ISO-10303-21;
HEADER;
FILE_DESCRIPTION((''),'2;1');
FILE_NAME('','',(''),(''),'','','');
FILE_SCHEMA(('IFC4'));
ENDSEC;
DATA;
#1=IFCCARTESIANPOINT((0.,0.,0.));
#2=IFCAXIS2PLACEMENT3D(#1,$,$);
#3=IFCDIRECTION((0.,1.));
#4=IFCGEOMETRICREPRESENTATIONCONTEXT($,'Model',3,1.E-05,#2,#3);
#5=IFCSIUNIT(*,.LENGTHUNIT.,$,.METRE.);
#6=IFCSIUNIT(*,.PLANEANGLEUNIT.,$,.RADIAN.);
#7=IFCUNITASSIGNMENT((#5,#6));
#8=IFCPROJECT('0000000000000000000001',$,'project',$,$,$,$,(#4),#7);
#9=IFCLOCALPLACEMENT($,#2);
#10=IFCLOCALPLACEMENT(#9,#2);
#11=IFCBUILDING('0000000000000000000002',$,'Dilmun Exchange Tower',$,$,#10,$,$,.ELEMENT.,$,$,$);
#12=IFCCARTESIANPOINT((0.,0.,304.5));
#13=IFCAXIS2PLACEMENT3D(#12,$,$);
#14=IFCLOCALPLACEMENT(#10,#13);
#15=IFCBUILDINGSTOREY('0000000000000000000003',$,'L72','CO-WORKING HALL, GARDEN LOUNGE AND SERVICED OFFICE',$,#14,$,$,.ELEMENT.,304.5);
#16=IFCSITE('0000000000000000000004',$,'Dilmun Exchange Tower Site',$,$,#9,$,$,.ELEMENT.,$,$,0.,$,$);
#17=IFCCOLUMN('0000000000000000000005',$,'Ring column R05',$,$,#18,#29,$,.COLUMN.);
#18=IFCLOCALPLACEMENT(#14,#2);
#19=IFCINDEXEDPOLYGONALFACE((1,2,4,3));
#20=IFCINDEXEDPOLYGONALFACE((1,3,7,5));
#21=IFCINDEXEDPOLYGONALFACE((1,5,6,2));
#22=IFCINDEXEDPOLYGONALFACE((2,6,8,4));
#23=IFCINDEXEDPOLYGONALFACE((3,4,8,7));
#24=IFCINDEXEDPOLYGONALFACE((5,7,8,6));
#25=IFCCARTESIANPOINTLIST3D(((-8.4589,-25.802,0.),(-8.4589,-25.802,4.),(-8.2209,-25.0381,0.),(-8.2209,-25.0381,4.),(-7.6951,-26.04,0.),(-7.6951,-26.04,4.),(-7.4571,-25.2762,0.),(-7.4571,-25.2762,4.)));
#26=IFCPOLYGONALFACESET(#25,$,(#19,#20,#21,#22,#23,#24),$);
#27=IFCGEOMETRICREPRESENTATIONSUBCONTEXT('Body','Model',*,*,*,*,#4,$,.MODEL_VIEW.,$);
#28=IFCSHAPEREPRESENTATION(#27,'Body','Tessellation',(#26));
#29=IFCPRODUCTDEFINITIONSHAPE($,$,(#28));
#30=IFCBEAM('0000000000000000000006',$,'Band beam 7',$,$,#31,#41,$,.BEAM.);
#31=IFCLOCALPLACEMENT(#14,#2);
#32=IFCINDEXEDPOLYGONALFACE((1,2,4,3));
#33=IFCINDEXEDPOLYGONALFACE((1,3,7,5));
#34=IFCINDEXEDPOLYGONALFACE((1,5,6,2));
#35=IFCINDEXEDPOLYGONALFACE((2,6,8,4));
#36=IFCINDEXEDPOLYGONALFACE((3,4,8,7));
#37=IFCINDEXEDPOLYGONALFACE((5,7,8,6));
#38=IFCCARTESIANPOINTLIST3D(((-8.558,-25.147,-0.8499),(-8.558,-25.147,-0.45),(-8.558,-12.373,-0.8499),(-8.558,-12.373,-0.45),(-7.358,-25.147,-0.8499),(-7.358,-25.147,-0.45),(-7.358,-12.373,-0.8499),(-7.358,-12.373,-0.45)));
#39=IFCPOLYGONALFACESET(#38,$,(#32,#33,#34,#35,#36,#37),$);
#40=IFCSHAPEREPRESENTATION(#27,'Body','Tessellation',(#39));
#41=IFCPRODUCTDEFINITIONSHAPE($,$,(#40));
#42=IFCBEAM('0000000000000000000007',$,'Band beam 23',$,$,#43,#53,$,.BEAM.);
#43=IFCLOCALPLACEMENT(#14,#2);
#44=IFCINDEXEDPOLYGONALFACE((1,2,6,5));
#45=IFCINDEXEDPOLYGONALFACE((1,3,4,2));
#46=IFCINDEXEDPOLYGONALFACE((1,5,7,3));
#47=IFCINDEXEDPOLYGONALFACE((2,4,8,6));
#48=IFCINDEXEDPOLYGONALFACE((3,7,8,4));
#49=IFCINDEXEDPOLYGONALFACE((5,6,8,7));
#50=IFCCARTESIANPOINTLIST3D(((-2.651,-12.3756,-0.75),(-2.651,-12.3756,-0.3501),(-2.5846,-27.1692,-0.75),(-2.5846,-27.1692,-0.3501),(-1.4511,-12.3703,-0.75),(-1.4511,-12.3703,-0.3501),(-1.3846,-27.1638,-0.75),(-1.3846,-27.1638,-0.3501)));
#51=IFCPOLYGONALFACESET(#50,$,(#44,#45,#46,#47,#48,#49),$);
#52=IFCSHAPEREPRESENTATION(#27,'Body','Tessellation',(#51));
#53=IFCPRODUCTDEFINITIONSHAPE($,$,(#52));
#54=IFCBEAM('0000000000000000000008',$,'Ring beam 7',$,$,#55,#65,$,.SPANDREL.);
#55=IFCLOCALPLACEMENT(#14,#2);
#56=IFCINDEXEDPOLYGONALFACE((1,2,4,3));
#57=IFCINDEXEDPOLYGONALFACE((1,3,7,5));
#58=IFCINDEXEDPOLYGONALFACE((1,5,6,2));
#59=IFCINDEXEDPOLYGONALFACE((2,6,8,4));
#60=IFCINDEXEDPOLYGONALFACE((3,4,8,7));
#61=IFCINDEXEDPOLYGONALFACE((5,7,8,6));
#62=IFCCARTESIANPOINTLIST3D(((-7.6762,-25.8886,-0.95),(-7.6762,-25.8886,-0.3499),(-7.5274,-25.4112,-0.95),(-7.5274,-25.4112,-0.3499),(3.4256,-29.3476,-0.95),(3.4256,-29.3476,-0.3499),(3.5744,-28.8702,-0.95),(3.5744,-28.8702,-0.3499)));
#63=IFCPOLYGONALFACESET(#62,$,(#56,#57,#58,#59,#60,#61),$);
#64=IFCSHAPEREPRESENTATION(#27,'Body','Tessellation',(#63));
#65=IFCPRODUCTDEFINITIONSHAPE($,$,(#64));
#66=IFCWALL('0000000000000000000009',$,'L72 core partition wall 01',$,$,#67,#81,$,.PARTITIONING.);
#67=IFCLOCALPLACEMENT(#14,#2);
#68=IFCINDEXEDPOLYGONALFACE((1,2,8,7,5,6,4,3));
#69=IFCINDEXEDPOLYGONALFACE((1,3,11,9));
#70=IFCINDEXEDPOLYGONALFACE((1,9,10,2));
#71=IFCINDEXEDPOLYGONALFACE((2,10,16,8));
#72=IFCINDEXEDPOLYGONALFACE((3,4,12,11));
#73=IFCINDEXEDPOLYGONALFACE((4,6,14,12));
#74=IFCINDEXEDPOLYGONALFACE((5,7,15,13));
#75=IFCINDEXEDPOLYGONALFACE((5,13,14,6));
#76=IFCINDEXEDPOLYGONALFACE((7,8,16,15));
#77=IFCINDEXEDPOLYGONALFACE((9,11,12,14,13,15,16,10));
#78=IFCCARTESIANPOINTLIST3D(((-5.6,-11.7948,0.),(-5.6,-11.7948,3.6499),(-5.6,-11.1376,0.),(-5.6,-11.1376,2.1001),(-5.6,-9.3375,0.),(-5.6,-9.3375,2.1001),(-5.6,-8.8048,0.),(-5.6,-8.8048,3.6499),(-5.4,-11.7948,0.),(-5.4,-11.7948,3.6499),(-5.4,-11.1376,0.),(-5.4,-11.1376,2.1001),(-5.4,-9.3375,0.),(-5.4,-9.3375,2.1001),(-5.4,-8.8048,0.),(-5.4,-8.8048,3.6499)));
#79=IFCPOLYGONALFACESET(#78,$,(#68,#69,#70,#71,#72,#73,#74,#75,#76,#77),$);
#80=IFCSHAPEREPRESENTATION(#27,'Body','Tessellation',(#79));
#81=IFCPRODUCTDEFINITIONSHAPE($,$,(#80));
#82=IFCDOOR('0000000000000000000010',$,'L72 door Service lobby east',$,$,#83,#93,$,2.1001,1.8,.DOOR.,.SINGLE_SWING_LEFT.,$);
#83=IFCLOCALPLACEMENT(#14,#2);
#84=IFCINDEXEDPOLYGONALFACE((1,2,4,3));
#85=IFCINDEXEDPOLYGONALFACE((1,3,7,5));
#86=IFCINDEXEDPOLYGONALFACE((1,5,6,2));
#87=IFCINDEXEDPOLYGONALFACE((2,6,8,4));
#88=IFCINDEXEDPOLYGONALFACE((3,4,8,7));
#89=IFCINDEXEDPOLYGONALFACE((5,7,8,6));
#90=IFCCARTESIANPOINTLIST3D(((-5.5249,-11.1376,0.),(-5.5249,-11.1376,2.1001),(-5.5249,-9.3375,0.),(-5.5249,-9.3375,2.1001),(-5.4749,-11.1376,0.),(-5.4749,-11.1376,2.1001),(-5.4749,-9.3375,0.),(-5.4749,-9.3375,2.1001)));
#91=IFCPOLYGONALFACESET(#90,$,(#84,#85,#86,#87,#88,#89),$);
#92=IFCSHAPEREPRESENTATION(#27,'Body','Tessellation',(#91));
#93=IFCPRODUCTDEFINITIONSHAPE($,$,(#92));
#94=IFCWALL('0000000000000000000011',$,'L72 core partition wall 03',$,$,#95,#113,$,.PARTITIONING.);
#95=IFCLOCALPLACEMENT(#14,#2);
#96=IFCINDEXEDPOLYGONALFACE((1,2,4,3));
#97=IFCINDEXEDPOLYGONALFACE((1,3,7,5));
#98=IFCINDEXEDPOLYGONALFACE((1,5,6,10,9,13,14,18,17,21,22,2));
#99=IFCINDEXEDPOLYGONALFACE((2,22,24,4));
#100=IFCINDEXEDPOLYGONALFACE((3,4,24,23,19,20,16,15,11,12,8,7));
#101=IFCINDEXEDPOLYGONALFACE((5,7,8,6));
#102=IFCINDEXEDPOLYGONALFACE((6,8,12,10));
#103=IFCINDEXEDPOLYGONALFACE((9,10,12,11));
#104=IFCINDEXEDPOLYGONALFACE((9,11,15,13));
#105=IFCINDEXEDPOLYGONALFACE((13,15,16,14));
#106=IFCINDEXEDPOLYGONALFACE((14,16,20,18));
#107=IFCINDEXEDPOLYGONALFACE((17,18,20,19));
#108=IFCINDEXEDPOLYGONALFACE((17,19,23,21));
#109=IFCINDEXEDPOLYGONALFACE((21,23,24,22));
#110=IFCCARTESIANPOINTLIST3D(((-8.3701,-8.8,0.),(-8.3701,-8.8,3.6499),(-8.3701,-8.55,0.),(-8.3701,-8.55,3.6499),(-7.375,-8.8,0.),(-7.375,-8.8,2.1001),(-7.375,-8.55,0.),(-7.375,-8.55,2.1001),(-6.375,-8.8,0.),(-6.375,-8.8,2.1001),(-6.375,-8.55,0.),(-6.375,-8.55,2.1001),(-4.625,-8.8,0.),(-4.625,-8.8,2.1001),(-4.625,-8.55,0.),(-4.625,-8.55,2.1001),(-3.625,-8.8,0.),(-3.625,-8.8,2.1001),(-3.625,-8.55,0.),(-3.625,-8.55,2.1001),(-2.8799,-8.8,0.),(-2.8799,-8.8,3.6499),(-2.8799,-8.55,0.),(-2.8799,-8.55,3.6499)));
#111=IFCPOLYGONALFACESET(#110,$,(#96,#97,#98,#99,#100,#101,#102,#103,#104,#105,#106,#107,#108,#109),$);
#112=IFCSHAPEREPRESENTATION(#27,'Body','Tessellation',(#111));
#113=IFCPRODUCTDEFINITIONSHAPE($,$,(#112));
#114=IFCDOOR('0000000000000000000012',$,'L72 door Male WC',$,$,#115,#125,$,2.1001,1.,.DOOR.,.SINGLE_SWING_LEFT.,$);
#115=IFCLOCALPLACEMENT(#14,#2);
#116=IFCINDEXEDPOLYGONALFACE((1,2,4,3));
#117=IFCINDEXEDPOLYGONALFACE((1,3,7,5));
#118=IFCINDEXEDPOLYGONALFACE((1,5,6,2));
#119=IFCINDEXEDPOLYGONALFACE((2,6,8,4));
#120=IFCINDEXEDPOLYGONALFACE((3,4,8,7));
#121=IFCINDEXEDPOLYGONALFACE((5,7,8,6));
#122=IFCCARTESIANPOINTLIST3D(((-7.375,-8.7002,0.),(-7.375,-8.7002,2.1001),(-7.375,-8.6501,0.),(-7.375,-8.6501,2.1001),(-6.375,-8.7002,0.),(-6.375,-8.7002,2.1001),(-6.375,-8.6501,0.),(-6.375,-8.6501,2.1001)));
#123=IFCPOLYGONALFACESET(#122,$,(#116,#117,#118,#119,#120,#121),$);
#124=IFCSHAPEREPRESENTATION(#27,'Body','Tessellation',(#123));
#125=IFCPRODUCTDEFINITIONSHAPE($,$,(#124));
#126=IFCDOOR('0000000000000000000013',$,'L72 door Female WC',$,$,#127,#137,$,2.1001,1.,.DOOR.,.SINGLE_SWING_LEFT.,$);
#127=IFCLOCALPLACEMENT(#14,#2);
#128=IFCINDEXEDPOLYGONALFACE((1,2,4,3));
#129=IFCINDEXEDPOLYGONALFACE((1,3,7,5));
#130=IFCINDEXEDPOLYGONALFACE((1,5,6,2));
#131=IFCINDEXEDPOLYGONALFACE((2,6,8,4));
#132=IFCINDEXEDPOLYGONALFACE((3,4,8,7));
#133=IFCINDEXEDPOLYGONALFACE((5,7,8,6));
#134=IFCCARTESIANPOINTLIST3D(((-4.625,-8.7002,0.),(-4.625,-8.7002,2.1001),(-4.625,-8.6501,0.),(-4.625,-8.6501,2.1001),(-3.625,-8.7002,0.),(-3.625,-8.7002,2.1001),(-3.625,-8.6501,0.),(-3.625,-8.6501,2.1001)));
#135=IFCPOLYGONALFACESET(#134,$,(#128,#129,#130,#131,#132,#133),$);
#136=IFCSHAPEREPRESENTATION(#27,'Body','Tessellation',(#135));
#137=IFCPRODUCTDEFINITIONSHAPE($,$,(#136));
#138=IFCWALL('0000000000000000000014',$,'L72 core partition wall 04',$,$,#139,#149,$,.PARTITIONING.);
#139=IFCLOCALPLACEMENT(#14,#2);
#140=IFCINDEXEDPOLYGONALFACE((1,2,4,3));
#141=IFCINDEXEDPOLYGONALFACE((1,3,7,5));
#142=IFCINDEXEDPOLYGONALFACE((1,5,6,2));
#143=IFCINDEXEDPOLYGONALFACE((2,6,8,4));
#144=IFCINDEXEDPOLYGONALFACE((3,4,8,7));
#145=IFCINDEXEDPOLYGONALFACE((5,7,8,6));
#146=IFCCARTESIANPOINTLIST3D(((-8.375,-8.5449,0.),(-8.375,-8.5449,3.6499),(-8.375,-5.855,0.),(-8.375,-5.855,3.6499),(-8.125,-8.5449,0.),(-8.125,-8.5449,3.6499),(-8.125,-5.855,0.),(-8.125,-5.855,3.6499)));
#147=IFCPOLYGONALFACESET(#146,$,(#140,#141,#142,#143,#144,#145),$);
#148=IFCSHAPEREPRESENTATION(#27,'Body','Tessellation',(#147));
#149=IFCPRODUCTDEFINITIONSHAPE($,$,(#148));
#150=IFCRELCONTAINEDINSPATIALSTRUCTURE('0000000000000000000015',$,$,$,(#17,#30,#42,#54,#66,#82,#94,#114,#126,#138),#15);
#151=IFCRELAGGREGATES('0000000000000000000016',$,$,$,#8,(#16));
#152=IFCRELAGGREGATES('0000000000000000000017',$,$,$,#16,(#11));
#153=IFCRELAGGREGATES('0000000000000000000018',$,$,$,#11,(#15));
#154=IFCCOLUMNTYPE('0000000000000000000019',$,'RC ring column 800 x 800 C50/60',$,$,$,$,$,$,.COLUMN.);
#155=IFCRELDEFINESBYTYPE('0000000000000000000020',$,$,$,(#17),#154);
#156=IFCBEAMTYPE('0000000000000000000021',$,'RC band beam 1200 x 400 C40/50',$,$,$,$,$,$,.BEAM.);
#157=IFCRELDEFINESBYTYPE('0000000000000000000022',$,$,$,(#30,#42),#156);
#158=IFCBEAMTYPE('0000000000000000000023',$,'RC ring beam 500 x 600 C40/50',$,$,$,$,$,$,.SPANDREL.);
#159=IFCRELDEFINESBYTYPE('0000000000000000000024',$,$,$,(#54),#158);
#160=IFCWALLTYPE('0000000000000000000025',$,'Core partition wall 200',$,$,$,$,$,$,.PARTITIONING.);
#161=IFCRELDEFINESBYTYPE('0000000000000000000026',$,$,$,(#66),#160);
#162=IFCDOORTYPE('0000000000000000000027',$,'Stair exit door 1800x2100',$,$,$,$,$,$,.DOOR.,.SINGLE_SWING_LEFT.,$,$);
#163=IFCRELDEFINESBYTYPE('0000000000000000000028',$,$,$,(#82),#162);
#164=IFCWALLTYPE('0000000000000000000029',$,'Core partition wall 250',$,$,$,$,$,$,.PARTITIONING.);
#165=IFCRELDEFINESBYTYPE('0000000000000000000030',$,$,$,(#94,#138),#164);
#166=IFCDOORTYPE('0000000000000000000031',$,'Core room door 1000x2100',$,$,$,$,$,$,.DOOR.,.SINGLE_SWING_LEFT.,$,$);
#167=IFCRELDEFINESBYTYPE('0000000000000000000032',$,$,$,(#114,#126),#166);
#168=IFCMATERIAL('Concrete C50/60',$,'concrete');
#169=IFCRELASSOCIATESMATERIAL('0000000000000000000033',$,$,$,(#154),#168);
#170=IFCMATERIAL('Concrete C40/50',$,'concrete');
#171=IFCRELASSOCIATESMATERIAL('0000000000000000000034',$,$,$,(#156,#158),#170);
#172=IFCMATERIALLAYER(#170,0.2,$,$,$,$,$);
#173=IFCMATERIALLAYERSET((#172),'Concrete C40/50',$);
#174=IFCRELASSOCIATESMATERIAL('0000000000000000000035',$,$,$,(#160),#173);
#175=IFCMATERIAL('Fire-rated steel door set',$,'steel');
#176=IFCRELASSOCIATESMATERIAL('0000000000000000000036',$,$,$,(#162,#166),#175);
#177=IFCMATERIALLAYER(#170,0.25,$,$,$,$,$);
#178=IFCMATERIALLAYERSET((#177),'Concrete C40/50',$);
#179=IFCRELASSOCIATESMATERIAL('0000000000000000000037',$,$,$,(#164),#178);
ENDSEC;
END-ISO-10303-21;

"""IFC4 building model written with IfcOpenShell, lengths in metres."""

from ifc_helpers import new_model, si_unit, direction, frame, frame_2d, origin, origin_2d, place, context, subcontext, project, spatial, rectangle, extrude, material, layer, layer_set, material_profile, profile_set, type_object, element, fill, save


model = new_model("IFC4")

# Units and contexts
model_context = context("Model", 3, precision=1e-05, world=origin(), true_north=direction((0.0, 1.0)))
body_context = subcontext(model_context, "Body", "Model", "MODEL_VIEW")
ifc_project = project(units=[si_unit("LENGTHUNIT", "METRE"), si_unit("PLANEANGLEUNIT", "RADIAN")], contexts=[model_context])

# Site, building, storey
site_placement = place(None, origin())
site = spatial("IfcSite", under=ifc_project, at=site_placement, Name="Dilmun Exchange Tower Site", CompositionType="ELEMENT", RefElevation=0.0)
building_placement = place(site_placement, origin())
building = spatial("IfcBuilding", under=site, at=building_placement, Name="Dilmun Exchange Tower", CompositionType="ELEMENT")
storey_placement = place(building_placement, frame((0.0, 0.0, 304.5)))
storey = spatial("IfcBuildingStorey", under=building, at=storey_placement, Name="L72", Description="CO-WORKING HALL, GARDEN LOUNGE AND SERVICED OFFICE", CompositionType="ELEMENT", Elevation=304.5)

# Column
ifc_material_1 = material(Name="Concrete C50/60", Category="concrete")
ifc_material_profile_1 = material_profile(ifc_material_1, rectangle(XDim=0.8, YDim=0.8, at=origin_2d()), Name="800 x 800")
ifc_profile_set_1 = profile_set([ifc_material_profile_1], Name="Concrete C50/60")
column_type = type_object("IfcColumnType", Name="RC ring column 800 x 800 C50/60", PredefinedType="COLUMN", material=ifc_profile_set_1)
column_placement = place(storey_placement, frame((-7.958, -25.5391, 0.0), z_axis=(0.0, 0.0, 1.0), x_axis=(0.297503, 0.954721, 0.0)))
element("IfcColumn", 1, at=column_placement, inside=storey, type_object=column_type, Name="Ring column R05", PredefinedType="COLUMN", context=body_context, shape_type="SweptSolid", body=[
    extrude(rectangle(XDim=0.8, YDim=0.8, at=origin_2d()), origin(), (0.0, 0.0, 1.0), 4.0),
])

# Beams
ifc_material_2 = material(Name="Concrete C40/50", Category="concrete")
ifc_material_profile_2 = material_profile(ifc_material_2, rectangle(XDim=1.2, YDim=0.3999, at=origin_2d()), Name="1200 x 400")
ifc_profile_set_2 = profile_set([ifc_material_profile_2], Name="Concrete C40/50")
beam_type_1 = type_object("IfcBeamType", Name="RC band beam 1200 x 400 C40/50", PredefinedType="BEAM", material=ifc_profile_set_2)
beam_1_placement = place(storey_placement, frame((-7.958, -25.147, -0.6499), z_axis=(0.0, 1.0, 0.0), x_axis=(-1.0, 0.0, 0.0)))
element("IfcBeam", 2, at=beam_1_placement, inside=storey, type_object=beam_type_1, Name="Band beam 7", PredefinedType="BEAM", context=body_context, shape_type="SweptSolid", body=[
    extrude(rectangle(XDim=1.2, YDim=0.3999, at=origin_2d()), origin(), (0.0, 0.0, 1.0), 12.7739),
])
beam_2_placement = place(storey_placement, frame((-1.9846, -27.1665, -0.55), z_axis=(-0.004489, 0.99999, 0.0), x_axis=(-0.99999, -0.004489, 0.0)))
element("IfcBeam", 3, at=beam_2_placement, inside=storey, type_object=beam_type_1, Name="Band beam 23", PredefinedType="BEAM", context=body_context, shape_type="SweptSolid", body=[
    extrude(rectangle(XDim=1.2, YDim=0.3999, at=origin_2d()), origin(), (0.0, 0.0, 1.0), 14.7937),
])
ifc_material_profile_3 = material_profile(ifc_material_2, rectangle(XDim=0.5, YDim=0.6001, at=origin_2d()), Name="500 x 600")
ifc_profile_set_3 = profile_set([ifc_material_profile_3], Name="Concrete C40/50")
beam_type_2 = type_object("IfcBeamType", Name="RC ring beam 500 x 600 C40/50", PredefinedType="SPANDREL", material=ifc_profile_set_3)
beam_3_placement = place(storey_placement, frame((-7.6018, -25.6499, -0.6499), z_axis=(0.954733, -0.297466, 0.0), x_axis=(0.297466, 0.954733, 0.0)))
element("IfcBeam", 4, at=beam_3_placement, inside=storey, type_object=beam_type_2, Name="Ring beam 7", PredefinedType="SPANDREL", context=body_context, shape_type="SweptSolid", body=[
    extrude(rectangle(XDim=0.5, YDim=0.6001, at=origin_2d()), origin(), (0.0, 0.0, 1.0), 11.6282),
])

# Wall, opening, door
ifc_layer_1 = layer(ifc_material_2, 0.2)
ifc_layer_set_1 = layer_set([ifc_layer_1], Name="Concrete C40/50")
wall_type_1 = type_object("IfcWallType", Name="Core partition wall 200", PredefinedType="PARTITIONING", material=ifc_layer_set_1)
wall_1_placement = place(storey_placement, frame((-5.5, -11.7949, 0.0), z_axis=(0.0, 0.0, 1.0), x_axis=(0.0, 1.0, 0.0)))
wall_1 = element("IfcWall", 5, at=wall_1_placement, inside=storey, type_object=wall_type_1, Name="L72 core partition wall 01", PredefinedType="PARTITIONING", context=body_context, shape_type="SweptSolid", body=[
    extrude(rectangle(XDim=2.99, YDim=0.2, at=frame_2d((1.4951, 0.0))), origin(), (0.0, 0.0, 1.0), 3.6499),
])
opening_1_placement = place(wall_1_placement, frame((0.6575, 0.0, 0.0)))
opening_1 = element("IfcOpeningElement", 6, at=opening_1_placement, cuts=wall_1, PredefinedType="OPENING", context=body_context, shape_type="SweptSolid", body=[
    extrude(rectangle(XDim=1.8, YDim=2.1001, at=frame_2d((0.8999, 1.05))), frame((0.0, 0.1099, 0.0), z_axis=(0.0, -1.0, 0.0), x_axis=(1.0, 0.0, 0.0)), (0.0, 0.0, 1.0), 0.22),
])
ifc_material_3 = material(Name="Fire-rated steel door set", Category="steel")
door_type_1 = type_object("IfcDoorType", Name="Stair exit door 1800x2100", OperationType="SINGLE_SWING_LEFT", PredefinedType="DOOR", material=ifc_material_3)
door_1_placement = place(opening_1_placement, origin())
door_1 = element("IfcDoor", 7, at=door_1_placement, inside=storey, type_object=door_type_1, Name="L72 door Service lobby east", OperationType="SINGLE_SWING_LEFT", OverallHeight=2.1001, OverallWidth=1.8, PredefinedType="DOOR", context=body_context, shape_type="SweptSolid", body=[
    extrude(rectangle(XDim=1.8, YDim=2.1001, at=frame_2d((0.8999, 1.05))), frame((0.0, 0.0249, 0.0), z_axis=(0.0, -1.0, 0.0), x_axis=(1.0, 0.0, 0.0)), (0.0, 0.0, 1.0), 0.05),
])
fill(opening_1, door_1)

# Wall, openings, doors
ifc_layer_2 = layer(ifc_material_2, 0.25)
ifc_layer_set_2 = layer_set([ifc_layer_2], Name="Concrete C40/50")
wall_type_2 = type_object("IfcWallType", Name="Core partition wall 250", PredefinedType="PARTITIONING", material=ifc_layer_set_2)
wall_2_placement = place(storey_placement, frame((-8.3701, -8.675, 0.0), z_axis=(0.0, 0.0, 1.0), x_axis=(1.0, 0.0, 0.0)))
wall_2 = element("IfcWall", 8, at=wall_2_placement, inside=storey, type_object=wall_type_2, Name="L72 core partition wall 03", PredefinedType="PARTITIONING", context=body_context, shape_type="SweptSolid", body=[
    extrude(rectangle(XDim=5.4902, YDim=0.25, at=frame_2d((2.7451, 0.0))), origin(), (0.0, 0.0, 1.0), 3.6499),
])
opening_2_placement = place(wall_2_placement, frame((0.9951, 0.0, 0.0)))
opening_2 = element("IfcOpeningElement", 9, at=opening_2_placement, cuts=wall_2, PredefinedType="OPENING", context=body_context, shape_type="SweptSolid", body=[
    extrude(rectangle(XDim=1.0, YDim=2.1001, at=frame_2d((0.5, 1.05))), frame((0.0, 0.135, 0.0), z_axis=(0.0, -1.0, 0.0), x_axis=(1.0, 0.0, 0.0)), (0.0, 0.0, 1.0), 0.27),
])
opening_3_placement = place(wall_2_placement, frame((3.7451, 0.0, 0.0)))
opening_3 = element("IfcOpeningElement", 10, at=opening_3_placement, cuts=wall_2, PredefinedType="OPENING", context=body_context, shape_type="SweptSolid", body=[
    extrude(rectangle(XDim=1.0, YDim=2.1001, at=frame_2d((0.5, 1.05))), frame((0.0, 0.135, 0.0), z_axis=(0.0, -1.0, 0.0), x_axis=(1.0, 0.0, 0.0)), (0.0, 0.0, 1.0), 0.27),
])
door_type_2 = type_object("IfcDoorType", Name="Core room door 1000x2100", OperationType="SINGLE_SWING_LEFT", PredefinedType="DOOR", material=ifc_material_3)
door_2_placement = place(opening_2_placement, origin())
door_2 = element("IfcDoor", 11, at=door_2_placement, inside=storey, type_object=door_type_2, Name="L72 door Male WC", OperationType="SINGLE_SWING_LEFT", OverallHeight=2.1001, OverallWidth=1.0, PredefinedType="DOOR", context=body_context, shape_type="SweptSolid", body=[
    extrude(rectangle(XDim=1.0, YDim=2.1001, at=frame_2d((0.5, 1.05))), frame((0.0, 0.0249, 0.0), z_axis=(0.0, -1.0, 0.0), x_axis=(1.0, 0.0, 0.0)), (0.0, 0.0, 1.0), 0.05),
])
fill(opening_2, door_2)
door_3_placement = place(opening_3_placement, origin())
door_3 = element("IfcDoor", 12, at=door_3_placement, inside=storey, type_object=door_type_2, Name="L72 door Female WC", OperationType="SINGLE_SWING_LEFT", OverallHeight=2.1001, OverallWidth=1.0, PredefinedType="DOOR", context=body_context, shape_type="SweptSolid", body=[
    extrude(rectangle(XDim=1.0, YDim=2.1001, at=frame_2d((0.5, 1.05))), frame((0.0, 0.0249, 0.0), z_axis=(0.0, -1.0, 0.0), x_axis=(1.0, 0.0, 0.0)), (0.0, 0.0, 1.0), 0.05),
])
fill(opening_3, door_3)

# Wall
wall_3_placement = place(storey_placement, frame((-8.25, -8.5449, 0.0), z_axis=(0.0, 0.0, 1.0), x_axis=(0.0, 1.0, 0.0)))
element("IfcWall", 13, at=wall_3_placement, inside=storey, type_object=wall_type_2, Name="L72 core partition wall 04", PredefinedType="PARTITIONING", context=body_context, shape_type="SweptSolid", body=[
    extrude(rectangle(XDim=2.6899, YDim=0.25, at=frame_2d((1.345, 0.0))), origin(), (0.0, 0.0, 1.0), 3.6499),
])

save(model, "model.ifc")
